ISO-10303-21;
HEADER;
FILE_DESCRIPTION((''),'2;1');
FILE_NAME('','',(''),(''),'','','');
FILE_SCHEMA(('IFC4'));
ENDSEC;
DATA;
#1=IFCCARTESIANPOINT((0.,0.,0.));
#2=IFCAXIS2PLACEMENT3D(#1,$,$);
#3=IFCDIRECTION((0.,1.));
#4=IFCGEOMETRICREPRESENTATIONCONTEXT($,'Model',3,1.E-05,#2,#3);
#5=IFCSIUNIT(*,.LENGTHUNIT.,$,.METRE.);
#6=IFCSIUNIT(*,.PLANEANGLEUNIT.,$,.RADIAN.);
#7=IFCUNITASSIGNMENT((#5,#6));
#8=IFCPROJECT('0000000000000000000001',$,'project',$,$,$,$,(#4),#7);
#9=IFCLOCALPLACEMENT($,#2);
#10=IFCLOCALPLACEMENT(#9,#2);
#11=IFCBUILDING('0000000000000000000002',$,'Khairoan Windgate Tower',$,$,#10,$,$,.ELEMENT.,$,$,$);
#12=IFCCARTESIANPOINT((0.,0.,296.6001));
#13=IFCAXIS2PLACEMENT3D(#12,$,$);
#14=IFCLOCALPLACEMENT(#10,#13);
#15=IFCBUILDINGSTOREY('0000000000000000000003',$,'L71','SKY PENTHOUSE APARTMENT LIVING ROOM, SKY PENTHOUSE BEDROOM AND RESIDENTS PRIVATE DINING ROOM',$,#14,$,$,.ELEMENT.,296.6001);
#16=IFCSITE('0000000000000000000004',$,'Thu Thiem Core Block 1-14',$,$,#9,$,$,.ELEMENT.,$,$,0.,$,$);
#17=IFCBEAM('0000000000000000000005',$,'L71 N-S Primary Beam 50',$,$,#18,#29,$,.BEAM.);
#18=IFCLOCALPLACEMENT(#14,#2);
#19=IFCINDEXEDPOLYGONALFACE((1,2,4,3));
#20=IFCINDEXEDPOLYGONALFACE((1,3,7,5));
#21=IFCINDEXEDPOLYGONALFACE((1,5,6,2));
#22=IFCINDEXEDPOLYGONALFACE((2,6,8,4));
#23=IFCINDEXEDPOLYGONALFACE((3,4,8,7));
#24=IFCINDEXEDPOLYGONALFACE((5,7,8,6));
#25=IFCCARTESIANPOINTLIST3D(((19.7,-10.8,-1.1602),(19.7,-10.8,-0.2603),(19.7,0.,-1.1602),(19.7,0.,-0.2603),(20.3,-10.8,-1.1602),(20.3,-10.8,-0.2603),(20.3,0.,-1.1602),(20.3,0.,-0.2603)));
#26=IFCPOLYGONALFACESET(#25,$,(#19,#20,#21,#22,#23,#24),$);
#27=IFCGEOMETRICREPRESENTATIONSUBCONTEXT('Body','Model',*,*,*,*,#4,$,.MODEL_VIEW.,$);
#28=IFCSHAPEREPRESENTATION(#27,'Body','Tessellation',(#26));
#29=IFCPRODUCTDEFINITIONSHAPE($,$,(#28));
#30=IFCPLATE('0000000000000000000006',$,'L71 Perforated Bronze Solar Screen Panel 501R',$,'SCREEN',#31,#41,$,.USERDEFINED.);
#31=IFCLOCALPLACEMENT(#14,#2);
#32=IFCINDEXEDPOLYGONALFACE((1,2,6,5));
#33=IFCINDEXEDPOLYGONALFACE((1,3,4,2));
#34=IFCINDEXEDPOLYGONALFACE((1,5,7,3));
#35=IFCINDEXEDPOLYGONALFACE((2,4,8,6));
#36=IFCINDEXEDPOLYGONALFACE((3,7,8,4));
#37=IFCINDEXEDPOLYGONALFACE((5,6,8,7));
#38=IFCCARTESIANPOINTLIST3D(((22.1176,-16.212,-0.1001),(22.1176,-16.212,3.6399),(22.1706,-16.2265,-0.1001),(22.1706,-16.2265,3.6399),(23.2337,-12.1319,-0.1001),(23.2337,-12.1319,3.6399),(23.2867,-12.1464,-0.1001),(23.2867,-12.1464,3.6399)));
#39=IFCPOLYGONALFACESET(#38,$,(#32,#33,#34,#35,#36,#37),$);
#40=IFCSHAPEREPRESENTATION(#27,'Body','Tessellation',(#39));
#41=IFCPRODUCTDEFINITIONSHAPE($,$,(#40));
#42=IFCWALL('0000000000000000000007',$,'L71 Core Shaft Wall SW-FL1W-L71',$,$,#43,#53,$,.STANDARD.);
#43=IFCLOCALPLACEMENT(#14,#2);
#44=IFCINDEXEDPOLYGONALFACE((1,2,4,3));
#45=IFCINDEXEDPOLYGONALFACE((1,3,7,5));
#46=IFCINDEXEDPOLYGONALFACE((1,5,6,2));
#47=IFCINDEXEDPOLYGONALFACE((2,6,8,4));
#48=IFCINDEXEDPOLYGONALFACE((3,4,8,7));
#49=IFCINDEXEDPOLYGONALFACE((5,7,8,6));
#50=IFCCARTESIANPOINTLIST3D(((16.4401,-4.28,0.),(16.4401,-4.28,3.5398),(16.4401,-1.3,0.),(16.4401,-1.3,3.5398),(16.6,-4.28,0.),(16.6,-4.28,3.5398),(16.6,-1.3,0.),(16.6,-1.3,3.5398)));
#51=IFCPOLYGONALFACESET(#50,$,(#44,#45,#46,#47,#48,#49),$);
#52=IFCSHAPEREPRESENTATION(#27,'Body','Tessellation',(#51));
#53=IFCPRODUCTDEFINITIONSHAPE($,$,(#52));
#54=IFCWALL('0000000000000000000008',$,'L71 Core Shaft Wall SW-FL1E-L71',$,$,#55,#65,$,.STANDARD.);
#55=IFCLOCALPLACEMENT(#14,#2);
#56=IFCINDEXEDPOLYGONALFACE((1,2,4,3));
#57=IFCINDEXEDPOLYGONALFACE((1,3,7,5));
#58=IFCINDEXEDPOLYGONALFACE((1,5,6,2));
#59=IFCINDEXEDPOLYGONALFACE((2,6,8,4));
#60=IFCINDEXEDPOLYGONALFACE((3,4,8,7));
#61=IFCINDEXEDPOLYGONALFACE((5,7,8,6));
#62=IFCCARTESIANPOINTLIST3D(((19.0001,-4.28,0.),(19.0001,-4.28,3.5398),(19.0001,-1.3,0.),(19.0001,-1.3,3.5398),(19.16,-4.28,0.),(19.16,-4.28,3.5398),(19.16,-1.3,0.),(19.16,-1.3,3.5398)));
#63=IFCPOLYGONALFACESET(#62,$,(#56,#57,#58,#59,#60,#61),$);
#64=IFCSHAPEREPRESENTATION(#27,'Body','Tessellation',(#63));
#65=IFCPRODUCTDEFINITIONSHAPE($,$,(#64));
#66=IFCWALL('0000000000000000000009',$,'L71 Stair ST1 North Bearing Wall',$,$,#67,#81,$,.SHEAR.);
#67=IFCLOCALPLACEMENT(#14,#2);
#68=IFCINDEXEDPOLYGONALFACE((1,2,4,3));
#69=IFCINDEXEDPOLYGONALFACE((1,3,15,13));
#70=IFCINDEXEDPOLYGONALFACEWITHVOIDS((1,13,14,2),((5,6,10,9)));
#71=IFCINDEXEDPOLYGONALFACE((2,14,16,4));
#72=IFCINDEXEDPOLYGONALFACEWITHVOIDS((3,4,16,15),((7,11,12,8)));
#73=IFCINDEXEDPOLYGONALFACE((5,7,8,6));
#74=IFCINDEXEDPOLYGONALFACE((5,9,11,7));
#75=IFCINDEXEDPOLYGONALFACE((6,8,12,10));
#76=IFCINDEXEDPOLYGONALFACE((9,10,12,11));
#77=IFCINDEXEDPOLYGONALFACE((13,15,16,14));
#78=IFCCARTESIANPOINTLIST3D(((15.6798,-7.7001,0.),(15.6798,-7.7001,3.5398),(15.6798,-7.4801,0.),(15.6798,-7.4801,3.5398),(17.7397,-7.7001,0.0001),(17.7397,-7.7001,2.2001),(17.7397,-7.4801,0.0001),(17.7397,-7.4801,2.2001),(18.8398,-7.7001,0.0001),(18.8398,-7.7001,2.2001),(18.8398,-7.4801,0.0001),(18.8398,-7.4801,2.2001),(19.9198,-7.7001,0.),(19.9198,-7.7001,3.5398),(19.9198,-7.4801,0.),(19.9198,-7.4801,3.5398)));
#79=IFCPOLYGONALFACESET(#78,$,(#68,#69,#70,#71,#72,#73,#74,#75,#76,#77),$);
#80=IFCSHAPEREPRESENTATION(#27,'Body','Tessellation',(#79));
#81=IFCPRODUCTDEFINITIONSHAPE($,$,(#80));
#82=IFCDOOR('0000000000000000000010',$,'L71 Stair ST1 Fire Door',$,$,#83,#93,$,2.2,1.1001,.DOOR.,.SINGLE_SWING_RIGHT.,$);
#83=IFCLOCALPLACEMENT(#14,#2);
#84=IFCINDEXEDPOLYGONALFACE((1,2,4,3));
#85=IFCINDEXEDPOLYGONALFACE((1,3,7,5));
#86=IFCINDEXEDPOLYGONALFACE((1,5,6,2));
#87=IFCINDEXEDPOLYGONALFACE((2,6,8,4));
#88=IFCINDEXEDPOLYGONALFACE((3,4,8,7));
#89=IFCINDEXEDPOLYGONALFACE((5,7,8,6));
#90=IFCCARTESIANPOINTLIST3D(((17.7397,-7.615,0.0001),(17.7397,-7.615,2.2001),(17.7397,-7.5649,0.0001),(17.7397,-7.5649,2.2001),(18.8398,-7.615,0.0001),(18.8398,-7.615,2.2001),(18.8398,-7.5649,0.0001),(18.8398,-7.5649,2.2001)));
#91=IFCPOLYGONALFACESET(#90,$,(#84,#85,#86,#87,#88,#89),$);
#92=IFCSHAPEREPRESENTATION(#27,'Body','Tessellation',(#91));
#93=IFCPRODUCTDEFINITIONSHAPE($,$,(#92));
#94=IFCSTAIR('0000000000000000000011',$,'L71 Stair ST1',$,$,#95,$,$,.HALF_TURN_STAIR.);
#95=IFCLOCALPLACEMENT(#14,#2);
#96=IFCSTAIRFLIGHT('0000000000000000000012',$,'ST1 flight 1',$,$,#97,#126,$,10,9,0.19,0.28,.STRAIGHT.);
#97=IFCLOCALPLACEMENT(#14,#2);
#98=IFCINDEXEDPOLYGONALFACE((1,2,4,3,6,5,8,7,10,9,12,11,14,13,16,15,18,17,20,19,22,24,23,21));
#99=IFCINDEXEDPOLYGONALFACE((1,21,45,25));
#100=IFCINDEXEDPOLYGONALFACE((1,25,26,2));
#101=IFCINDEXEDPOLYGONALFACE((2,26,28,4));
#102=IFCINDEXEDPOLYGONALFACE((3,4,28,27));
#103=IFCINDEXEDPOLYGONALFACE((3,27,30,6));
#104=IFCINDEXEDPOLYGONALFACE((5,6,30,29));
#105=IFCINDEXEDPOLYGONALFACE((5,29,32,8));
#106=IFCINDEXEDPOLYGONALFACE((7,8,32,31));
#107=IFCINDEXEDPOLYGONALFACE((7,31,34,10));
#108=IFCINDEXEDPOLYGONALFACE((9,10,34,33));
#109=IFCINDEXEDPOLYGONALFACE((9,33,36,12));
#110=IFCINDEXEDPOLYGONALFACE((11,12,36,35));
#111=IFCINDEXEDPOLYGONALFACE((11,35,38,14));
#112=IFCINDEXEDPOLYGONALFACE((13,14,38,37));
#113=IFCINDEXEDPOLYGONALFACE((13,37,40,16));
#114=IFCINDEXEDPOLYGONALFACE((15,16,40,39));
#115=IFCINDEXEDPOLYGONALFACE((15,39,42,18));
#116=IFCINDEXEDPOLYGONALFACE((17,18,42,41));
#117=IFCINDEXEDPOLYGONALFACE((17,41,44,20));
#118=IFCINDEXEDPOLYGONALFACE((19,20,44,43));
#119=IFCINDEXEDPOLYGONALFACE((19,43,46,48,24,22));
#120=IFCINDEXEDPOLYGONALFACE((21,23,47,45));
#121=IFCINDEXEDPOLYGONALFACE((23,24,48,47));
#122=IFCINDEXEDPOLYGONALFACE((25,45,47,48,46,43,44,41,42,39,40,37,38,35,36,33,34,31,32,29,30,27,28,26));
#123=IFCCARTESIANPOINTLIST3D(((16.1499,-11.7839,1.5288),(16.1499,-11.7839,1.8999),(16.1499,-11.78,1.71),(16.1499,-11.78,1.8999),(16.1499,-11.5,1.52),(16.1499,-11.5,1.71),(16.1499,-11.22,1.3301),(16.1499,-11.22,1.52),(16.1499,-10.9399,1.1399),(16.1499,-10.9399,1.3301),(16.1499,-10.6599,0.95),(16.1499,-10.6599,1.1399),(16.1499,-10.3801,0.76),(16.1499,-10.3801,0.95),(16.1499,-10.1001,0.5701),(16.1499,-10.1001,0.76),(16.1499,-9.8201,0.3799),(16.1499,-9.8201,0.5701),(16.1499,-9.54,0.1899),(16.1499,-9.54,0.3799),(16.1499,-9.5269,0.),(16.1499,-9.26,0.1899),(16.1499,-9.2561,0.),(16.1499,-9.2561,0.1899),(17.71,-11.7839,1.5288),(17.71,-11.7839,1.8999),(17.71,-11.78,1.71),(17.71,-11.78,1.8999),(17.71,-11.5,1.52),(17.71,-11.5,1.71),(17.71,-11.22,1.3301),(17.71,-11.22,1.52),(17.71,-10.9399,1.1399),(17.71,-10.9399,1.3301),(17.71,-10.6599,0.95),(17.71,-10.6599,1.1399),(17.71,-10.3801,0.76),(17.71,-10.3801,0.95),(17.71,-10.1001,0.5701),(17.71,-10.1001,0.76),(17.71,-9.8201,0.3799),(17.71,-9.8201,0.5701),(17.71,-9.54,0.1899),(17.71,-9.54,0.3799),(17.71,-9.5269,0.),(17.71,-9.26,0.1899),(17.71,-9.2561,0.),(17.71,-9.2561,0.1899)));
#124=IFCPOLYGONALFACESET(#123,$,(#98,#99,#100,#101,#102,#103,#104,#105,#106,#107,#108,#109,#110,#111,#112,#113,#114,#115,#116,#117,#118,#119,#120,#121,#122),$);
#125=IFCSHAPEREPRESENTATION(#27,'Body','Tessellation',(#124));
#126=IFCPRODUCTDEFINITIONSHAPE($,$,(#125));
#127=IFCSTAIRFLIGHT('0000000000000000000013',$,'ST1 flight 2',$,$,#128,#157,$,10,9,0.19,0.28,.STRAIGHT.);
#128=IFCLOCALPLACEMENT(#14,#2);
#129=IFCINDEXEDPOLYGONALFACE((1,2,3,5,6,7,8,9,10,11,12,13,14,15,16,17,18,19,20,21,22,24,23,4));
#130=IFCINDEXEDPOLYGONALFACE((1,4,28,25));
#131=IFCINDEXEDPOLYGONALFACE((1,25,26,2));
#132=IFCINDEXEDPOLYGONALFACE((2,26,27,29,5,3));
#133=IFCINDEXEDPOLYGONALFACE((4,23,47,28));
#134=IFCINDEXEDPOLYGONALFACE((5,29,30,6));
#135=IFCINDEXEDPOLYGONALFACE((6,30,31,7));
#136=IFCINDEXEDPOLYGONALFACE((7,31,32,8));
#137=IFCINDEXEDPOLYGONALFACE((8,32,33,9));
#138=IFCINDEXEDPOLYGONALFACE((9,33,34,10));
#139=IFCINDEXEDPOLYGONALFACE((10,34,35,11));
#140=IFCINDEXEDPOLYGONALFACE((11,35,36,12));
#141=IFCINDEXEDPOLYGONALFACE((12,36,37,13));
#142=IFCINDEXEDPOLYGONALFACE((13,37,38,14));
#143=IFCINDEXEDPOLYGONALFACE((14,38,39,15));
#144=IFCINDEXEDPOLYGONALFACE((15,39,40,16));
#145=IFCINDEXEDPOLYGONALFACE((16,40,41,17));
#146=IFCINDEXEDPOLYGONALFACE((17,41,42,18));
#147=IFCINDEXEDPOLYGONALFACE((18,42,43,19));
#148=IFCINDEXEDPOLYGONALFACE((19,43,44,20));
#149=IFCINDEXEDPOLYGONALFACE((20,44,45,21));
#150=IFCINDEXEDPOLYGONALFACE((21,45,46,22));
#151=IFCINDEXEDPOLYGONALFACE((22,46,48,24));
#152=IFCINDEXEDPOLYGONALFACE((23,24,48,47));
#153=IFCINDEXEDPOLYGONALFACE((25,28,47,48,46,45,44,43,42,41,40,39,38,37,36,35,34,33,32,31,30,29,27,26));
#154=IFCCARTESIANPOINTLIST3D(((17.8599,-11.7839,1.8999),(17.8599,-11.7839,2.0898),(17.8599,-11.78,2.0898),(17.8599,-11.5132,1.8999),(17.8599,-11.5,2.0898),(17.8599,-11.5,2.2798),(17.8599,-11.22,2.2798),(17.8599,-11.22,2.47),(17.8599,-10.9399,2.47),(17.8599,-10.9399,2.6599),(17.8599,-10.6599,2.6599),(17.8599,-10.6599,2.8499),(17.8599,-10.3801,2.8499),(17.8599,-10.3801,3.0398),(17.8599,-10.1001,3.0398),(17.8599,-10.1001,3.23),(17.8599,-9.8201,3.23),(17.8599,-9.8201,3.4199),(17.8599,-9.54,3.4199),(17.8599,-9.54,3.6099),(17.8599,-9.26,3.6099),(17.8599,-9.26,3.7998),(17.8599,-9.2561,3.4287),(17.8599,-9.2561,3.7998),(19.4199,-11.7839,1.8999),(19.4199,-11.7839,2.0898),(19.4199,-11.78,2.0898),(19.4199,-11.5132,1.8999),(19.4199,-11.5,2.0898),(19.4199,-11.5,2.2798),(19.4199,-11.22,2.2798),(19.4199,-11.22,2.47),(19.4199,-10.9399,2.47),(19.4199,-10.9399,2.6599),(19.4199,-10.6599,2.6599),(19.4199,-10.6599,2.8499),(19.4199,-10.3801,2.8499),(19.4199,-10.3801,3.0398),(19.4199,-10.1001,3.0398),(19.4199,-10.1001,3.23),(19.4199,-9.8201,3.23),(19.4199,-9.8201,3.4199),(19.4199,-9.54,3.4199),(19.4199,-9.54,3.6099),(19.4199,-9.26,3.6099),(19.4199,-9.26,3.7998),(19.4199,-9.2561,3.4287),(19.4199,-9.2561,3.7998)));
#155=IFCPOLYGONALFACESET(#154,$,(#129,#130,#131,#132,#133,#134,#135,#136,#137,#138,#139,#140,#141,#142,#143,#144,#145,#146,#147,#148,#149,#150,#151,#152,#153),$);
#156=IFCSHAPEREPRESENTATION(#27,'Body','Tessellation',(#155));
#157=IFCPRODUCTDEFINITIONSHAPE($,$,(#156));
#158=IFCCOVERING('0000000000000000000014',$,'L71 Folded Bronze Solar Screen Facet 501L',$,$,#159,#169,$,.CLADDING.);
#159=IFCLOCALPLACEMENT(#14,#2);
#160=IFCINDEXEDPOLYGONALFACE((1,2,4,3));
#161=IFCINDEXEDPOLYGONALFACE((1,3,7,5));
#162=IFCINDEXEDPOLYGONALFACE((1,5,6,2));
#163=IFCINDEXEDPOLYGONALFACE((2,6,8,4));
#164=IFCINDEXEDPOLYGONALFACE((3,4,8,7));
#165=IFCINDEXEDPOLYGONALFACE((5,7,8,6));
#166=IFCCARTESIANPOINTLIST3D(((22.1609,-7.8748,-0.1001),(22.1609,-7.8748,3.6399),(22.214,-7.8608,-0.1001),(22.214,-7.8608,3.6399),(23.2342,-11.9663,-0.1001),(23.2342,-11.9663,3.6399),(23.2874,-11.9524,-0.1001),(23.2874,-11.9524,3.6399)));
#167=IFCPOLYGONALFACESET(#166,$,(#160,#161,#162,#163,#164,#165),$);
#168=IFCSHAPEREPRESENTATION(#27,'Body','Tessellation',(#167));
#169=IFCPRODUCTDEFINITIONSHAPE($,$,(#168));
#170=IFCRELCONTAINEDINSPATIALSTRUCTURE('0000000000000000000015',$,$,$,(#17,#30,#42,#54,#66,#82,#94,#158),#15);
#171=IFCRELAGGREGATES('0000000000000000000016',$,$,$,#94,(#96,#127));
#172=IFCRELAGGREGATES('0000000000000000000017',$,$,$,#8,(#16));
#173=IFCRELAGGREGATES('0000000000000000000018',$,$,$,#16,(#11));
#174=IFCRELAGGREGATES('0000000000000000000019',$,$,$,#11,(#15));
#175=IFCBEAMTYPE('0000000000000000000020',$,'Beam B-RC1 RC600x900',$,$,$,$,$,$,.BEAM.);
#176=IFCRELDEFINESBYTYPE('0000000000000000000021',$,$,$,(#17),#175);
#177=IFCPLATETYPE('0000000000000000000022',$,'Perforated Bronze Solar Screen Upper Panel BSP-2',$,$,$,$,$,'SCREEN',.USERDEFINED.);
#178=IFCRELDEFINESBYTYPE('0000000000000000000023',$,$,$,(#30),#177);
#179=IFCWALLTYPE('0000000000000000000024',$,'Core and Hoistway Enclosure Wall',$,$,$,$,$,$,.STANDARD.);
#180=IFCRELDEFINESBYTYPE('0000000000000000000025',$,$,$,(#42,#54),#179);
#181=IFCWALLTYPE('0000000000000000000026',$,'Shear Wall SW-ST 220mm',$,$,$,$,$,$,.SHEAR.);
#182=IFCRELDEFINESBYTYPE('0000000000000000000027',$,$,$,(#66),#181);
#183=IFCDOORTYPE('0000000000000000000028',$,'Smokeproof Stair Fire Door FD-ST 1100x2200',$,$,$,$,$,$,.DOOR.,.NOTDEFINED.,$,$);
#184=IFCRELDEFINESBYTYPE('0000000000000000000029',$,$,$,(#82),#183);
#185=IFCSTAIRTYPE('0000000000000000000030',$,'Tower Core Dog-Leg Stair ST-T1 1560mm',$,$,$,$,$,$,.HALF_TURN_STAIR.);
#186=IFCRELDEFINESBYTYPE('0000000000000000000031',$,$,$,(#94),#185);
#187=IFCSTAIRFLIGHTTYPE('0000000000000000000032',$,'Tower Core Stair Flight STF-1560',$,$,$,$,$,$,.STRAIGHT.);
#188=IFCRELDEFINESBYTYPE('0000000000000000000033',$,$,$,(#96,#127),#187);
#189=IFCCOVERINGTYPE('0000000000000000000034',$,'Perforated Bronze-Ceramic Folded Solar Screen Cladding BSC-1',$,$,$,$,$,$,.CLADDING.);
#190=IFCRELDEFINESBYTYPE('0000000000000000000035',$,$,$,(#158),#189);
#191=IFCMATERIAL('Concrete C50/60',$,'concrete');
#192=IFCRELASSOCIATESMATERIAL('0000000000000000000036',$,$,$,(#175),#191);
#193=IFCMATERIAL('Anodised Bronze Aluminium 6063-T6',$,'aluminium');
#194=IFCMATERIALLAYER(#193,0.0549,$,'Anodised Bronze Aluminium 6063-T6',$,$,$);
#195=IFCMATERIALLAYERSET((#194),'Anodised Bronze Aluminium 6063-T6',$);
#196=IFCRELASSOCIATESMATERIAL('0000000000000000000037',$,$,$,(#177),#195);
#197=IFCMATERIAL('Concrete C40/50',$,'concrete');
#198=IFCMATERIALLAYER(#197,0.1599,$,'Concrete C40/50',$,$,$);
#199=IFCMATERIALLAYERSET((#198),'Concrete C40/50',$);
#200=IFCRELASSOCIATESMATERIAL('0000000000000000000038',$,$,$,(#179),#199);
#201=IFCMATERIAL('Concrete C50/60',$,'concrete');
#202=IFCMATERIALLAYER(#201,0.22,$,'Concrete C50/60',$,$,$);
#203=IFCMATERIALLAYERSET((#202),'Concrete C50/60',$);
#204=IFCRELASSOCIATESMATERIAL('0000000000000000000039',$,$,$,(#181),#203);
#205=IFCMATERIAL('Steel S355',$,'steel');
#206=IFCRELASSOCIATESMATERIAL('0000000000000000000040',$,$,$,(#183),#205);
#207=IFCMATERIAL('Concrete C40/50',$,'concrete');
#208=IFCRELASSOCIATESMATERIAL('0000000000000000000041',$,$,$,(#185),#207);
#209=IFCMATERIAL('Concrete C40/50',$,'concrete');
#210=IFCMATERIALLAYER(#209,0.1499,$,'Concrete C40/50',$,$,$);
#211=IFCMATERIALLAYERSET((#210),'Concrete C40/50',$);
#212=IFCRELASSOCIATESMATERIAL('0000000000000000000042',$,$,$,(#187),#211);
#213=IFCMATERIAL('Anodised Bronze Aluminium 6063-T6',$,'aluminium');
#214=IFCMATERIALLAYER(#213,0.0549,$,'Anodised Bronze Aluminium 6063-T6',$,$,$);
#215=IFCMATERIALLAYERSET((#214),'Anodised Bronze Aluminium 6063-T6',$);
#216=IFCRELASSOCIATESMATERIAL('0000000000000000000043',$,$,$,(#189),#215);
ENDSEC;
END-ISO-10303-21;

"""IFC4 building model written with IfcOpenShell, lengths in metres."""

from ifc_helpers import new_model, si_unit, direction, frame, frame_2d, origin, origin_2d, place, context, subcontext, project, spatial, polyline, rectangle, outline, extrude, material, layer, layer_set, material_profile, profile_set, type_object, element, fill, aggregate, save


model = new_model("IFC4")

# Units and contexts
model_context = context("Model", 3, precision=1e-05, world=origin(), true_north=direction((0.0, 1.0)))
body_context = subcontext(model_context, "Body", "Model", "MODEL_VIEW")
ifc_project = project(units=[si_unit("LENGTHUNIT", "METRE"), si_unit("PLANEANGLEUNIT", "RADIAN")], contexts=[model_context])

# Site, building, storey
site_placement = place(None, origin())
site = spatial("IfcSite", under=ifc_project, at=site_placement, Name="Thu Thiem Core Block 1-14", CompositionType="ELEMENT", RefElevation=0.0)
building_placement = place(site_placement, origin())
building = spatial("IfcBuilding", under=site, at=building_placement, Name="Khairoan Windgate Tower", CompositionType="ELEMENT")
storey_placement = place(building_placement, frame((0.0, 0.0, 296.6001)))
storey = spatial("IfcBuildingStorey", under=building, at=storey_placement, Name="L71", Description="SKY PENTHOUSE APARTMENT LIVING ROOM, SKY PENTHOUSE BEDROOM AND RESIDENTS PRIVATE DINING ROOM", CompositionType="ELEMENT", Elevation=296.6001)

# Beam
ifc_material_1 = material(Name="Concrete C50/60", Category="concrete")
ifc_material_profile = material_profile(ifc_material_1, rectangle(XDim=0.6001, YDim=0.8999, at=origin_2d()))
ifc_profile_set = profile_set([ifc_material_profile], Name="Concrete C50/60")
beam_type = type_object("IfcBeamType", Name="Beam B-RC1 RC600x900", PredefinedType="BEAM", material=ifc_profile_set)
beam_placement = place(storey_placement, frame((20.0, -10.8, -0.7102), z_axis=(0.0, 1.0, 0.0), x_axis=(-1.0, 0.0, 0.0)))
element("IfcBeam", 1, at=beam_placement, inside=storey, type_object=beam_type, Name="L71 N-S Primary Beam 50", PredefinedType="BEAM", context=body_context, shape_type="SweptSolid", body=[
    extrude(rectangle(XDim=0.6001, YDim=0.8999, at=origin_2d()), origin(), (0.0, 0.0, 1.0), 10.8),
])

# Plate
ifc_material_2 = material(Name="Anodised Bronze Aluminium 6063-T6", Category="aluminium")
ifc_layer_1 = layer(ifc_material_2, 0.0549, Name="Anodised Bronze Aluminium 6063-T6")
ifc_layer_set_1 = layer_set([ifc_layer_1], Name="Anodised Bronze Aluminium 6063-T6")
plate_type = type_object("IfcPlateType", Name="Perforated Bronze Solar Screen Upper Panel BSP-2", ElementType="SCREEN", PredefinedType="USERDEFINED", material=ifc_layer_set_1)
plate_placement = place(storey_placement, frame((22.7021, -14.1792, -0.1001), z_axis=(0.0, 0.0, 1.0), x_axis=(-0.263873, -0.964557, 0.0)))
element("IfcPlate", 2, at=plate_placement, inside=storey, type_object=plate_type, Name="L71 Perforated Bronze Solar Screen Panel 501R", ObjectType="SCREEN", PredefinedType="USERDEFINED", context=body_context, shape_type="SweptSolid", body=[
    extrude(rectangle(XDim=4.23, YDim=0.0549, at=origin_2d()), origin(), (0.0, 0.0, 1.0), 3.74),
])

# Walls
ifc_material_3 = material(Name="Concrete C40/50", Category="concrete")
ifc_layer_2 = layer(ifc_material_3, 0.1599, Name="Concrete C40/50")
ifc_layer_set_2 = layer_set([ifc_layer_2], Name="Concrete C40/50")
wall_type_1 = type_object("IfcWallType", Name="Core and Hoistway Enclosure Wall", PredefinedType="STANDARD", material=ifc_layer_set_2)
for number, where, z_axis, x_axis, name in (
    (3, (16.52, -4.28, 0.0), (0.0, 0.0, 1.0), (0.0, 1.0, 0.0), "L71 Core Shaft Wall SW-FL1W-L71"),
    (4, (19.0801, -4.28, 0.0), (0.0, 0.0, 1.0), (0.0, 1.0, 0.0), "L71 Core Shaft Wall SW-FL1E-L71"),
):
    element("IfcWall", number, at=place(storey_placement, frame(where, z_axis=z_axis, x_axis=x_axis)), inside=storey, type_object=wall_type_1, Name=name, PredefinedType="STANDARD", context=body_context, shape_type="SweptSolid", body=[
        extrude(rectangle(XDim=2.98, YDim=0.1599, at=frame_2d((1.49, 0.0))), origin(), (0.0, 0.0, 1.0), 3.5398),
    ])

# Wall, opening, door
ifc_material_4 = material(Name="Concrete C50/60", Category="concrete")
ifc_layer_3 = layer(ifc_material_4, 0.22, Name="Concrete C50/60")
ifc_layer_set_3 = layer_set([ifc_layer_3], Name="Concrete C50/60")
wall_type_2 = type_object("IfcWallType", Name="Shear Wall SW-ST 220mm", PredefinedType="SHEAR", material=ifc_layer_set_3)
wall_placement = place(storey_placement, frame((19.9199, -7.5901, 0.0), z_axis=(0.0, 0.0, 1.0), x_axis=(-1.0, 0.0, 0.0)))
wall = element("IfcWall", 5, at=wall_placement, inside=storey, type_object=wall_type_2, Name="L71 Stair ST1 North Bearing Wall", PredefinedType="SHEAR", context=body_context, shape_type="SweptSolid", body=[
    extrude(rectangle(XDim=4.24, YDim=0.22, at=frame_2d((2.1201, 0.0))), origin(), (0.0, 0.0, 1.0), 3.5398),
])
opening_placement = place(wall_placement, frame((1.0801, 0.0, 0.0)))
opening = element("IfcOpeningElement", 6, at=opening_placement, cuts=wall, PredefinedType="OPENING", context=body_context, shape_type="SweptSolid", body=[
    extrude(rectangle(XDim=1.1001, YDim=2.2, at=frame_2d((0.55, 1.1001))), frame((0.0, 0.1199, 0.0), z_axis=(0.0, -1.0, 0.0), x_axis=(1.0, 0.0, 0.0)), (0.0, 0.0, 1.0), 0.24),
])
ifc_material_5 = material(Name="Steel S355", Category="steel")
door_type = type_object("IfcDoorType", Name="Smokeproof Stair Fire Door FD-ST 1100x2200", OperationType="NOTDEFINED", PredefinedType="DOOR", material=ifc_material_5)
door_placement = place(opening_placement, origin())
door = element("IfcDoor", 7, at=door_placement, inside=storey, type_object=door_type, Name="L71 Stair ST1 Fire Door", OperationType="SINGLE_SWING_RIGHT", OverallHeight=2.2, OverallWidth=1.1001, PredefinedType="DOOR", context=body_context, shape_type="SweptSolid", body=[
    extrude(rectangle(XDim=1.1001, YDim=2.2, at=frame_2d((0.55, 1.1001))), frame((0.0, 0.0249, 0.0), z_axis=(0.0, -1.0, 0.0), x_axis=(1.0, 0.0, 0.0)), (0.0, 0.0, 1.0), 0.05),
])
fill(opening, door)

# Stair, stair flights
ifc_material_6 = material(Name="Concrete C40/50", Category="concrete")
stair_type = type_object("IfcStairType", Name="Tower Core Dog-Leg Stair ST-T1 1560mm", PredefinedType="HALF_TURN_STAIR", material=ifc_material_6)
stair_placement = place(storey_placement, origin())
stair = element("IfcStair", 8, at=stair_placement, inside=storey, type_object=stair_type, Name="L71 Stair ST1", PredefinedType="HALF_TURN_STAIR")
ifc_material_7 = material(Name="Concrete C40/50", Category="concrete")
ifc_layer_4 = layer(ifc_material_7, 0.1499, Name="Concrete C40/50")
ifc_layer_set_4 = layer_set([ifc_layer_4], Name="Concrete C40/50")
stair_flight_type = type_object("IfcStairFlightType", Name="Tower Core Stair Flight STF-1560", PredefinedType="STRAIGHT", material=ifc_layer_set_4)
stair_flight_1_placement = place(storey_placement, frame((16.9299, -9.26, 0.0), z_axis=(0.0, 0.0, 1.0), x_axis=(0.0, -1.0, 0.0)))
stair_flight_1 = element("IfcStairFlight", 9, at=stair_flight_1_placement, type_object=stair_flight_type, Name="ST1 flight 1", NumberOfRisers=10, NumberOfTreads=9, PredefinedType="STRAIGHT", RiserHeight=0.19, TreadLength=0.28, context=body_context, shape_type="SweptSolid", body=[
    extrude(outline(polyline([(-0.0039, 0.0), (-0.0039, 0.1899), (0.0, 0.1899), (0.28, 0.1899), (0.28, 0.3799), (0.5601, 0.3799), (0.5601, 0.5701), (0.8401, 0.5701), (0.8401, 0.76), (1.1201, 0.76), (1.1201, 0.95), (1.3999, 0.95), (1.3999, 1.1399), (1.6799, 1.1399), (1.6799, 1.3301), (1.96, 1.3301), (1.96, 1.52), (2.24, 1.52), (2.24, 1.71), (2.52, 1.71), (2.52, 1.8999), (2.5239, 1.8999), (2.5239, 1.5288), (0.2668, 0.0), (-0.0039, 0.0)])), frame((0.0, 0.78, 0.0), z_axis=(0.0, -1.0, 0.0), x_axis=(1.0, 0.0, 0.0)), (0.0, 0.0, 1.0), 1.5601),
])
stair_flight_2_placement = place(storey_placement, frame((18.6399, -11.78, 1.8999), z_axis=(0.0, 0.0, 1.0), x_axis=(0.0, 1.0, 0.0)))
stair_flight_2 = element("IfcStairFlight", 10, at=stair_flight_2_placement, type_object=stair_flight_type, Name="ST1 flight 2", NumberOfRisers=10, NumberOfTreads=9, PredefinedType="STRAIGHT", RiserHeight=0.19, TreadLength=0.28, context=body_context, shape_type="SweptSolid", body=[
    extrude(outline(polyline([(-0.0039, 0.0), (-0.0039, 0.1899), (0.0, 0.1899), (0.28, 0.1899), (0.28, 0.3799), (0.5601, 0.3799), (0.5601, 0.5701), (0.8401, 0.5701), (0.8401, 0.76), (1.1201, 0.76), (1.1201, 0.95), (1.3999, 0.95), (1.3999, 1.1399), (1.6799, 1.1399), (1.6799, 1.3301), (1.96, 1.3301), (1.96, 1.52), (2.24, 1.52), (2.24, 1.71), (2.52, 1.71), (2.52, 1.8999), (2.5239, 1.8999), (2.5239, 1.5288), (0.2668, 0.0), (-0.0039, 0.0)])), frame((0.0, 0.78, 0.0), z_axis=(0.0, -1.0, 0.0), x_axis=(1.0, 0.0, 0.0)), (0.0, 0.0, 1.0), 1.5601),
])
aggregate(stair, [stair_flight_1, stair_flight_2])

# Covering
ifc_material_8 = material(Name="Anodised Bronze Aluminium 6063-T6", Category="aluminium")
ifc_layer_5 = layer(ifc_material_8, 0.0549, Name="Anodised Bronze Aluminium 6063-T6")
ifc_layer_set_5 = layer_set([ifc_layer_5], Name="Anodised Bronze Aluminium 6063-T6")
covering_type = type_object("IfcCoveringType", Name="Perforated Bronze-Ceramic Folded Solar Screen Cladding BSC-1", PredefinedType="CLADDING", material=ifc_layer_set_5)
covering_placement = place(storey_placement, frame((22.7241, -9.9136, -0.1001), z_axis=(0.0, 0.0, 1.0), x_axis=(0.253758, -0.967268, 0.0)))
element("IfcCovering", 11, at=covering_placement, inside=storey, type_object=covering_type, Name="L71 Folded Bronze Solar Screen Facet 501L", PredefinedType="CLADDING", context=body_context, shape_type="SweptSolid", body=[
    extrude(rectangle(XDim=4.23, YDim=0.0549, at=origin_2d()), origin(), (0.0, 0.0, 1.0), 3.74),
])

save(model, "model.ifc")
